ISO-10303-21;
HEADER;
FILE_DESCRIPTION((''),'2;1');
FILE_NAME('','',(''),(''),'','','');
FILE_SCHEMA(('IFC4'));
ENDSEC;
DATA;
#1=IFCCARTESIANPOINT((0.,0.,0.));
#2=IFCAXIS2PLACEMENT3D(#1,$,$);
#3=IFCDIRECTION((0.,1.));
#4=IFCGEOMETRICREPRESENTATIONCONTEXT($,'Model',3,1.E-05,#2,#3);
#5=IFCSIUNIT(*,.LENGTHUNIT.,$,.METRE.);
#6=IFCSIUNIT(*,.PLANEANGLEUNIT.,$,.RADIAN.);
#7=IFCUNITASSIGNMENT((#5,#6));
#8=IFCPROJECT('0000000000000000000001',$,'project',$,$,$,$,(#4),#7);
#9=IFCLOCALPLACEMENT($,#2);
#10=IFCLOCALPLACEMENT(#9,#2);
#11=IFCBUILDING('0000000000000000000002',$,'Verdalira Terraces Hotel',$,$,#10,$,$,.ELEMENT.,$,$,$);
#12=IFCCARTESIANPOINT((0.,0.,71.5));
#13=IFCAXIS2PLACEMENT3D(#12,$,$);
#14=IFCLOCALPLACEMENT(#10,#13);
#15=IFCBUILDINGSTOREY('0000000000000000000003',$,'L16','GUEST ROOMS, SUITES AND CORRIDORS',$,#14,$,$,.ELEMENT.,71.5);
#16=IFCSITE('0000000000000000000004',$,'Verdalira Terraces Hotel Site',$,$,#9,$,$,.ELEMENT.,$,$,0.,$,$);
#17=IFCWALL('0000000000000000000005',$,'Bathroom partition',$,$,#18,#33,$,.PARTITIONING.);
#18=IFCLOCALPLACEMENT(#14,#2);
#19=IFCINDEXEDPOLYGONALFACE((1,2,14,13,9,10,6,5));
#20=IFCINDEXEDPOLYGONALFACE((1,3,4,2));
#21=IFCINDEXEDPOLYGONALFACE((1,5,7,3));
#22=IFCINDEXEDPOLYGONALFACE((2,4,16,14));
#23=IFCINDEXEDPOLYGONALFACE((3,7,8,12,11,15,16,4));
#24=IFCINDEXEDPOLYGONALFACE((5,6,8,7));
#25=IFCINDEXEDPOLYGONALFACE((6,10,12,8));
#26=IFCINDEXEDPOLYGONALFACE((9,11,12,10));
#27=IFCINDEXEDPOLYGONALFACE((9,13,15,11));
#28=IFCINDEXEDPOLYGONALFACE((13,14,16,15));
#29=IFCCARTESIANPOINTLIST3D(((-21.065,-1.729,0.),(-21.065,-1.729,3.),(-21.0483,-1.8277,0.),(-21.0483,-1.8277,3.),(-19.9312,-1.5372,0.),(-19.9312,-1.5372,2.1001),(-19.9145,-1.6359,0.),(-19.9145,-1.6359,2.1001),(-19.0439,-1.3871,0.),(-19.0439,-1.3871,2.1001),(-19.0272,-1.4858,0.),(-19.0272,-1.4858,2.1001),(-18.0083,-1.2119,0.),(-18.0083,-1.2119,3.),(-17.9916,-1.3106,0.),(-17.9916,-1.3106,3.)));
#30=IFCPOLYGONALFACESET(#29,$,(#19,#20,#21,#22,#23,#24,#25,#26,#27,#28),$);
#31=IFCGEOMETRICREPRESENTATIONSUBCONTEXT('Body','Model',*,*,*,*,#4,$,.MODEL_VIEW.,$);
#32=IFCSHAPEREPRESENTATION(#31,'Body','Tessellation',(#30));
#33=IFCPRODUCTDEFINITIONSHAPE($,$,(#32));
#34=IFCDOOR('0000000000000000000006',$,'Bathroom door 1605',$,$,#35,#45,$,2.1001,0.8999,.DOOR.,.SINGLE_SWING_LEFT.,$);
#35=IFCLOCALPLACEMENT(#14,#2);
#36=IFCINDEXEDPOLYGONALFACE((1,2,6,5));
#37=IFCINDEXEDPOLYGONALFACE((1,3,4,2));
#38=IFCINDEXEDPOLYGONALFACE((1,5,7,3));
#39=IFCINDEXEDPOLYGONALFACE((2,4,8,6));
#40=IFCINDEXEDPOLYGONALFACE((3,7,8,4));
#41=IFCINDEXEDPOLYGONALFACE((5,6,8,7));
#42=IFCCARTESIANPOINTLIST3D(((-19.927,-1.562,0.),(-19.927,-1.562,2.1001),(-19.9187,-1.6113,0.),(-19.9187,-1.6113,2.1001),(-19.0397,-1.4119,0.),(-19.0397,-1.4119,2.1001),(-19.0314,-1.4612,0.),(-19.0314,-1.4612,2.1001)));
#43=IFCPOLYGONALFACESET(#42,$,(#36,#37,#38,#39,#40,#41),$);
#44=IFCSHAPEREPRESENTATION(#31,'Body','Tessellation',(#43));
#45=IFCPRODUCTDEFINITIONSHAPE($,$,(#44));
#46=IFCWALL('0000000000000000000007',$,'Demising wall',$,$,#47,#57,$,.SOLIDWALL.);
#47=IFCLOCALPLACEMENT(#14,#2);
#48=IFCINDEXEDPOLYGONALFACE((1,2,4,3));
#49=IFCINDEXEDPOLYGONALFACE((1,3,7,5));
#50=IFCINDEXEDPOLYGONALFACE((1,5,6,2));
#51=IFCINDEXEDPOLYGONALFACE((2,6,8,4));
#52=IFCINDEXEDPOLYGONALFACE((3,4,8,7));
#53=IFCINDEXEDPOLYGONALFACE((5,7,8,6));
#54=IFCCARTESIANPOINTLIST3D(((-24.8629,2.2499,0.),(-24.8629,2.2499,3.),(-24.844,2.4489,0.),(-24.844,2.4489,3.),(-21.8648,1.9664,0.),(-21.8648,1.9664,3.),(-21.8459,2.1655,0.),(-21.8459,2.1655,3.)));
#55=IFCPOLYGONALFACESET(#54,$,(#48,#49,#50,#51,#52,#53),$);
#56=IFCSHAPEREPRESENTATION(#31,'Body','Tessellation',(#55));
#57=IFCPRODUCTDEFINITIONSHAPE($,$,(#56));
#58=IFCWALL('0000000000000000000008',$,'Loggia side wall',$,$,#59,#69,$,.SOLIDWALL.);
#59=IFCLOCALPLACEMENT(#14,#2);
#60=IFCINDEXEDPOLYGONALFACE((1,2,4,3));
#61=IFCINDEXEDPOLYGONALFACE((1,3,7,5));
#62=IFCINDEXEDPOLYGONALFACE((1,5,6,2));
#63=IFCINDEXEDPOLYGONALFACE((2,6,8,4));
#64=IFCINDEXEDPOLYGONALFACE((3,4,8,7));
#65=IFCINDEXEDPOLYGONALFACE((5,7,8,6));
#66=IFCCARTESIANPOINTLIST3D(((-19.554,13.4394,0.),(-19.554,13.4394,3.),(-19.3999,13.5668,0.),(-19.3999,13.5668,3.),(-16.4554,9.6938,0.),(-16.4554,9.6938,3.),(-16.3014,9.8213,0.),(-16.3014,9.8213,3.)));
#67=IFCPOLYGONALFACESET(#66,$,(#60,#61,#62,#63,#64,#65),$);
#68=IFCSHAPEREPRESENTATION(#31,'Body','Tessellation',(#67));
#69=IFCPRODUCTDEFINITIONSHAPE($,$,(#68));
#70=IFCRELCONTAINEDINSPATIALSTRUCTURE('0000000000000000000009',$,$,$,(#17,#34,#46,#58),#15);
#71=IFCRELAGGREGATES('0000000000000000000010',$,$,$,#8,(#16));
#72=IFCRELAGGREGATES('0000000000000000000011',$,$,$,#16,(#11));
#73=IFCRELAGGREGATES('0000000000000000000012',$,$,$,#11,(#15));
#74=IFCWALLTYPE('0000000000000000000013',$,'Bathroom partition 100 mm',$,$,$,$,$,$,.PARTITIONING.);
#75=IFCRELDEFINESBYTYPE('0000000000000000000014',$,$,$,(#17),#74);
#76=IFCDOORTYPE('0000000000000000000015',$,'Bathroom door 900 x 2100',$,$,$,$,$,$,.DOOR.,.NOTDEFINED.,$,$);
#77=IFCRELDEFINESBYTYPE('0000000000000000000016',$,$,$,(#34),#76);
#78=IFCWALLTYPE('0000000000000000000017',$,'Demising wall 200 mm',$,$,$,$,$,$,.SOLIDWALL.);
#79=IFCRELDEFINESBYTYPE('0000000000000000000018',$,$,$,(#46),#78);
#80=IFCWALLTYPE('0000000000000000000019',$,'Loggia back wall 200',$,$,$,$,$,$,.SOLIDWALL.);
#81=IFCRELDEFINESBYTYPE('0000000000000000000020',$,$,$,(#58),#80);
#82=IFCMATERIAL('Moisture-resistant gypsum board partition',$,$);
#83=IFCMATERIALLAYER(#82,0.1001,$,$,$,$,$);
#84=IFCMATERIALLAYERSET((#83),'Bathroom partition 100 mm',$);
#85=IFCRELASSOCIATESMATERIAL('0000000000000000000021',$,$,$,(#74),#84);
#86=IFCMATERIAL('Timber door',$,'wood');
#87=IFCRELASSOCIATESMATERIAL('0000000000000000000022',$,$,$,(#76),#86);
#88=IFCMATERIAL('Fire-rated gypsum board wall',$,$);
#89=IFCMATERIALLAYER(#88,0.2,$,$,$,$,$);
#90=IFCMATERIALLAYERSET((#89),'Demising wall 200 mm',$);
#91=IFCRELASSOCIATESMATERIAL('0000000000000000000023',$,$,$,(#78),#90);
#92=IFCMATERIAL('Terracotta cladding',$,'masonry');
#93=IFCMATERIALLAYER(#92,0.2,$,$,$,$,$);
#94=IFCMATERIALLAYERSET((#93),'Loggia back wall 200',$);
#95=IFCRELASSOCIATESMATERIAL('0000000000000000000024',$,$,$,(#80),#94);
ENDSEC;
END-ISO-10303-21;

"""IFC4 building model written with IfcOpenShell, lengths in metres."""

from ifc_helpers import new_model, si_unit, direction, frame, frame_2d, origin, place, context, subcontext, project, spatial, rectangle, extrude, material, layer, layer_set, type_object, element, fill, save


model = new_model("IFC4")

# Units and contexts
model_context = context("Model", 3, precision=1e-05, world=origin(), true_north=direction((0.0, 1.0)))
body_context = subcontext(model_context, "Body", "Model", "MODEL_VIEW")
ifc_project = project(units=[si_unit("LENGTHUNIT", "METRE"), si_unit("PLANEANGLEUNIT", "RADIAN")], contexts=[model_context])

# Site, building, storey
site_placement = place(None, origin())
site = spatial("IfcSite", under=ifc_project, at=site_placement, Name="Verdalira Terraces Hotel Site", CompositionType="ELEMENT", RefElevation=0.0)
building_placement = place(site_placement, origin())
building = spatial("IfcBuilding", under=site, at=building_placement, Name="Verdalira Terraces Hotel", CompositionType="ELEMENT")
storey_placement = place(building_placement, frame((0.0, 0.0, 71.5)))
storey = spatial("IfcBuildingStorey", under=building, at=storey_placement, Name="L16", Description="GUEST ROOMS, SUITES AND CORRIDORS", CompositionType="ELEMENT", Elevation=71.5)

# Shared definitions
ifc_material_1 = material(Name="Moisture-resistant gypsum board partition")
ifc_layer_1 = layer(ifc_material_1, 0.1001)
ifc_layer_set_1 = layer_set([ifc_layer_1], Name="Bathroom partition 100 mm")
wall_type_1 = type_object("IfcWallType", Name="Bathroom partition 100 mm", PredefinedType="PARTITIONING", material=ifc_layer_set_1)

# Wall, opening, door
wall_1_placement = place(storey_placement, frame((-21.0566, -1.7783, 0.0), z_axis=(0.0, 0.0, 1.0), x_axis=(0.985991, 0.166799, 0.0)))
wall_1 = element("IfcWall", 1, at=wall_1_placement, inside=storey, type_object=wall_type_1, Name="Bathroom partition", PredefinedType="PARTITIONING", context=body_context, shape_type="SweptSolid", body=[
    extrude(rectangle(XDim=3.1001, YDim=0.1001, at=frame_2d((1.55, 0.0))), origin(), (0.0, 0.0, 1.0), 3.0),
])
opening_1_placement = place(wall_1_placement, frame((1.1499, 0.0, 0.0)))
opening_1 = element("IfcOpeningElement", 2, at=opening_1_placement, cuts=wall_1, PredefinedType="OPENING", context=body_context, shape_type="SweptSolid", body=[
    extrude(rectangle(XDim=0.8999, YDim=2.1001, at=frame_2d((0.45, 1.05))), frame((0.0, 0.0601, 0.0), z_axis=(0.0, -1.0, 0.0), x_axis=(1.0, 0.0, 0.0)), (0.0, 0.0, 1.0), 0.1201),
])
ifc_material_2 = material(Name="Timber door", Category="wood")
door_type_1 = type_object("IfcDoorType", Name="Bathroom door 900 x 2100", OperationType="NOTDEFINED", PredefinedType="DOOR", material=ifc_material_2)
door_1_placement = place(opening_1_placement, origin())
door_1 = element("IfcDoor", 3, at=door_1_placement, inside=storey, type_object=door_type_1, Name="Bathroom door 1605", OperationType="SINGLE_SWING_LEFT", OverallHeight=2.1001, OverallWidth=0.8999, PredefinedType="DOOR", context=body_context, shape_type="SweptSolid", body=[
    extrude(rectangle(XDim=0.8999, YDim=2.1001, at=frame_2d((0.45, 1.05))), frame((0.0, 0.0249, 0.0), z_axis=(0.0, -1.0, 0.0), x_axis=(1.0, 0.0, 0.0)), (0.0, 0.0, 1.0), 0.05),
])
fill(opening_1, door_1)

# Walls
ifc_material_3 = material(Name="Fire-rated gypsum board wall")
ifc_layer_2 = layer(ifc_material_3, 0.2)
ifc_layer_set_2 = layer_set([ifc_layer_2], Name="Demising wall 200 mm")
wall_type_2 = type_object("IfcWallType", Name="Demising wall 200 mm", PredefinedType="SOLIDWALL", material=ifc_layer_set_2)
wall_2_placement = place(storey_placement, frame((-21.8552, 2.0659, 0.0), z_axis=(0.0, 0.0, 1.0), x_axis=(-0.99556, 0.094124, 0.0)))
element("IfcWall", 4, at=wall_2_placement, inside=storey, type_object=wall_type_2, Name="Demising wall", PredefinedType="SOLIDWALL", context=body_context, shape_type="SweptSolid", body=[
    extrude(rectangle(XDim=3.0115, YDim=0.2, at=frame_2d((1.5059, 0.0))), origin(), (0.0, 0.0, 1.0), 3.0),
])
ifc_material_4 = material(Name="Terracotta cladding", Category="masonry")
ifc_layer_3 = layer(ifc_material_4, 0.2)
ifc_layer_set_3 = layer_set([ifc_layer_3], Name="Loggia back wall 200")
wall_type_3 = type_object("IfcWallType", Name="Loggia back wall 200", PredefinedType="SOLIDWALL", material=ifc_layer_set_3)
wall_3_placement = place(storey_placement, frame((-19.4771, 13.5032, 0.0), z_axis=(0.0, 0.0, 1.0), x_axis=(0.637424, -0.770513, 0.0)))
element("IfcWall", 5, at=wall_3_placement, inside=storey, type_object=wall_type_3, Name="Loggia side wall", PredefinedType="SOLIDWALL", context=body_context, shape_type="SweptSolid", body=[
    extrude(rectangle(XDim=4.8611, YDim=0.2, at=frame_2d((2.4307, 0.0))), origin(), (0.0, 0.0, 1.0), 3.0),
])

save(model, "model.ifc")
